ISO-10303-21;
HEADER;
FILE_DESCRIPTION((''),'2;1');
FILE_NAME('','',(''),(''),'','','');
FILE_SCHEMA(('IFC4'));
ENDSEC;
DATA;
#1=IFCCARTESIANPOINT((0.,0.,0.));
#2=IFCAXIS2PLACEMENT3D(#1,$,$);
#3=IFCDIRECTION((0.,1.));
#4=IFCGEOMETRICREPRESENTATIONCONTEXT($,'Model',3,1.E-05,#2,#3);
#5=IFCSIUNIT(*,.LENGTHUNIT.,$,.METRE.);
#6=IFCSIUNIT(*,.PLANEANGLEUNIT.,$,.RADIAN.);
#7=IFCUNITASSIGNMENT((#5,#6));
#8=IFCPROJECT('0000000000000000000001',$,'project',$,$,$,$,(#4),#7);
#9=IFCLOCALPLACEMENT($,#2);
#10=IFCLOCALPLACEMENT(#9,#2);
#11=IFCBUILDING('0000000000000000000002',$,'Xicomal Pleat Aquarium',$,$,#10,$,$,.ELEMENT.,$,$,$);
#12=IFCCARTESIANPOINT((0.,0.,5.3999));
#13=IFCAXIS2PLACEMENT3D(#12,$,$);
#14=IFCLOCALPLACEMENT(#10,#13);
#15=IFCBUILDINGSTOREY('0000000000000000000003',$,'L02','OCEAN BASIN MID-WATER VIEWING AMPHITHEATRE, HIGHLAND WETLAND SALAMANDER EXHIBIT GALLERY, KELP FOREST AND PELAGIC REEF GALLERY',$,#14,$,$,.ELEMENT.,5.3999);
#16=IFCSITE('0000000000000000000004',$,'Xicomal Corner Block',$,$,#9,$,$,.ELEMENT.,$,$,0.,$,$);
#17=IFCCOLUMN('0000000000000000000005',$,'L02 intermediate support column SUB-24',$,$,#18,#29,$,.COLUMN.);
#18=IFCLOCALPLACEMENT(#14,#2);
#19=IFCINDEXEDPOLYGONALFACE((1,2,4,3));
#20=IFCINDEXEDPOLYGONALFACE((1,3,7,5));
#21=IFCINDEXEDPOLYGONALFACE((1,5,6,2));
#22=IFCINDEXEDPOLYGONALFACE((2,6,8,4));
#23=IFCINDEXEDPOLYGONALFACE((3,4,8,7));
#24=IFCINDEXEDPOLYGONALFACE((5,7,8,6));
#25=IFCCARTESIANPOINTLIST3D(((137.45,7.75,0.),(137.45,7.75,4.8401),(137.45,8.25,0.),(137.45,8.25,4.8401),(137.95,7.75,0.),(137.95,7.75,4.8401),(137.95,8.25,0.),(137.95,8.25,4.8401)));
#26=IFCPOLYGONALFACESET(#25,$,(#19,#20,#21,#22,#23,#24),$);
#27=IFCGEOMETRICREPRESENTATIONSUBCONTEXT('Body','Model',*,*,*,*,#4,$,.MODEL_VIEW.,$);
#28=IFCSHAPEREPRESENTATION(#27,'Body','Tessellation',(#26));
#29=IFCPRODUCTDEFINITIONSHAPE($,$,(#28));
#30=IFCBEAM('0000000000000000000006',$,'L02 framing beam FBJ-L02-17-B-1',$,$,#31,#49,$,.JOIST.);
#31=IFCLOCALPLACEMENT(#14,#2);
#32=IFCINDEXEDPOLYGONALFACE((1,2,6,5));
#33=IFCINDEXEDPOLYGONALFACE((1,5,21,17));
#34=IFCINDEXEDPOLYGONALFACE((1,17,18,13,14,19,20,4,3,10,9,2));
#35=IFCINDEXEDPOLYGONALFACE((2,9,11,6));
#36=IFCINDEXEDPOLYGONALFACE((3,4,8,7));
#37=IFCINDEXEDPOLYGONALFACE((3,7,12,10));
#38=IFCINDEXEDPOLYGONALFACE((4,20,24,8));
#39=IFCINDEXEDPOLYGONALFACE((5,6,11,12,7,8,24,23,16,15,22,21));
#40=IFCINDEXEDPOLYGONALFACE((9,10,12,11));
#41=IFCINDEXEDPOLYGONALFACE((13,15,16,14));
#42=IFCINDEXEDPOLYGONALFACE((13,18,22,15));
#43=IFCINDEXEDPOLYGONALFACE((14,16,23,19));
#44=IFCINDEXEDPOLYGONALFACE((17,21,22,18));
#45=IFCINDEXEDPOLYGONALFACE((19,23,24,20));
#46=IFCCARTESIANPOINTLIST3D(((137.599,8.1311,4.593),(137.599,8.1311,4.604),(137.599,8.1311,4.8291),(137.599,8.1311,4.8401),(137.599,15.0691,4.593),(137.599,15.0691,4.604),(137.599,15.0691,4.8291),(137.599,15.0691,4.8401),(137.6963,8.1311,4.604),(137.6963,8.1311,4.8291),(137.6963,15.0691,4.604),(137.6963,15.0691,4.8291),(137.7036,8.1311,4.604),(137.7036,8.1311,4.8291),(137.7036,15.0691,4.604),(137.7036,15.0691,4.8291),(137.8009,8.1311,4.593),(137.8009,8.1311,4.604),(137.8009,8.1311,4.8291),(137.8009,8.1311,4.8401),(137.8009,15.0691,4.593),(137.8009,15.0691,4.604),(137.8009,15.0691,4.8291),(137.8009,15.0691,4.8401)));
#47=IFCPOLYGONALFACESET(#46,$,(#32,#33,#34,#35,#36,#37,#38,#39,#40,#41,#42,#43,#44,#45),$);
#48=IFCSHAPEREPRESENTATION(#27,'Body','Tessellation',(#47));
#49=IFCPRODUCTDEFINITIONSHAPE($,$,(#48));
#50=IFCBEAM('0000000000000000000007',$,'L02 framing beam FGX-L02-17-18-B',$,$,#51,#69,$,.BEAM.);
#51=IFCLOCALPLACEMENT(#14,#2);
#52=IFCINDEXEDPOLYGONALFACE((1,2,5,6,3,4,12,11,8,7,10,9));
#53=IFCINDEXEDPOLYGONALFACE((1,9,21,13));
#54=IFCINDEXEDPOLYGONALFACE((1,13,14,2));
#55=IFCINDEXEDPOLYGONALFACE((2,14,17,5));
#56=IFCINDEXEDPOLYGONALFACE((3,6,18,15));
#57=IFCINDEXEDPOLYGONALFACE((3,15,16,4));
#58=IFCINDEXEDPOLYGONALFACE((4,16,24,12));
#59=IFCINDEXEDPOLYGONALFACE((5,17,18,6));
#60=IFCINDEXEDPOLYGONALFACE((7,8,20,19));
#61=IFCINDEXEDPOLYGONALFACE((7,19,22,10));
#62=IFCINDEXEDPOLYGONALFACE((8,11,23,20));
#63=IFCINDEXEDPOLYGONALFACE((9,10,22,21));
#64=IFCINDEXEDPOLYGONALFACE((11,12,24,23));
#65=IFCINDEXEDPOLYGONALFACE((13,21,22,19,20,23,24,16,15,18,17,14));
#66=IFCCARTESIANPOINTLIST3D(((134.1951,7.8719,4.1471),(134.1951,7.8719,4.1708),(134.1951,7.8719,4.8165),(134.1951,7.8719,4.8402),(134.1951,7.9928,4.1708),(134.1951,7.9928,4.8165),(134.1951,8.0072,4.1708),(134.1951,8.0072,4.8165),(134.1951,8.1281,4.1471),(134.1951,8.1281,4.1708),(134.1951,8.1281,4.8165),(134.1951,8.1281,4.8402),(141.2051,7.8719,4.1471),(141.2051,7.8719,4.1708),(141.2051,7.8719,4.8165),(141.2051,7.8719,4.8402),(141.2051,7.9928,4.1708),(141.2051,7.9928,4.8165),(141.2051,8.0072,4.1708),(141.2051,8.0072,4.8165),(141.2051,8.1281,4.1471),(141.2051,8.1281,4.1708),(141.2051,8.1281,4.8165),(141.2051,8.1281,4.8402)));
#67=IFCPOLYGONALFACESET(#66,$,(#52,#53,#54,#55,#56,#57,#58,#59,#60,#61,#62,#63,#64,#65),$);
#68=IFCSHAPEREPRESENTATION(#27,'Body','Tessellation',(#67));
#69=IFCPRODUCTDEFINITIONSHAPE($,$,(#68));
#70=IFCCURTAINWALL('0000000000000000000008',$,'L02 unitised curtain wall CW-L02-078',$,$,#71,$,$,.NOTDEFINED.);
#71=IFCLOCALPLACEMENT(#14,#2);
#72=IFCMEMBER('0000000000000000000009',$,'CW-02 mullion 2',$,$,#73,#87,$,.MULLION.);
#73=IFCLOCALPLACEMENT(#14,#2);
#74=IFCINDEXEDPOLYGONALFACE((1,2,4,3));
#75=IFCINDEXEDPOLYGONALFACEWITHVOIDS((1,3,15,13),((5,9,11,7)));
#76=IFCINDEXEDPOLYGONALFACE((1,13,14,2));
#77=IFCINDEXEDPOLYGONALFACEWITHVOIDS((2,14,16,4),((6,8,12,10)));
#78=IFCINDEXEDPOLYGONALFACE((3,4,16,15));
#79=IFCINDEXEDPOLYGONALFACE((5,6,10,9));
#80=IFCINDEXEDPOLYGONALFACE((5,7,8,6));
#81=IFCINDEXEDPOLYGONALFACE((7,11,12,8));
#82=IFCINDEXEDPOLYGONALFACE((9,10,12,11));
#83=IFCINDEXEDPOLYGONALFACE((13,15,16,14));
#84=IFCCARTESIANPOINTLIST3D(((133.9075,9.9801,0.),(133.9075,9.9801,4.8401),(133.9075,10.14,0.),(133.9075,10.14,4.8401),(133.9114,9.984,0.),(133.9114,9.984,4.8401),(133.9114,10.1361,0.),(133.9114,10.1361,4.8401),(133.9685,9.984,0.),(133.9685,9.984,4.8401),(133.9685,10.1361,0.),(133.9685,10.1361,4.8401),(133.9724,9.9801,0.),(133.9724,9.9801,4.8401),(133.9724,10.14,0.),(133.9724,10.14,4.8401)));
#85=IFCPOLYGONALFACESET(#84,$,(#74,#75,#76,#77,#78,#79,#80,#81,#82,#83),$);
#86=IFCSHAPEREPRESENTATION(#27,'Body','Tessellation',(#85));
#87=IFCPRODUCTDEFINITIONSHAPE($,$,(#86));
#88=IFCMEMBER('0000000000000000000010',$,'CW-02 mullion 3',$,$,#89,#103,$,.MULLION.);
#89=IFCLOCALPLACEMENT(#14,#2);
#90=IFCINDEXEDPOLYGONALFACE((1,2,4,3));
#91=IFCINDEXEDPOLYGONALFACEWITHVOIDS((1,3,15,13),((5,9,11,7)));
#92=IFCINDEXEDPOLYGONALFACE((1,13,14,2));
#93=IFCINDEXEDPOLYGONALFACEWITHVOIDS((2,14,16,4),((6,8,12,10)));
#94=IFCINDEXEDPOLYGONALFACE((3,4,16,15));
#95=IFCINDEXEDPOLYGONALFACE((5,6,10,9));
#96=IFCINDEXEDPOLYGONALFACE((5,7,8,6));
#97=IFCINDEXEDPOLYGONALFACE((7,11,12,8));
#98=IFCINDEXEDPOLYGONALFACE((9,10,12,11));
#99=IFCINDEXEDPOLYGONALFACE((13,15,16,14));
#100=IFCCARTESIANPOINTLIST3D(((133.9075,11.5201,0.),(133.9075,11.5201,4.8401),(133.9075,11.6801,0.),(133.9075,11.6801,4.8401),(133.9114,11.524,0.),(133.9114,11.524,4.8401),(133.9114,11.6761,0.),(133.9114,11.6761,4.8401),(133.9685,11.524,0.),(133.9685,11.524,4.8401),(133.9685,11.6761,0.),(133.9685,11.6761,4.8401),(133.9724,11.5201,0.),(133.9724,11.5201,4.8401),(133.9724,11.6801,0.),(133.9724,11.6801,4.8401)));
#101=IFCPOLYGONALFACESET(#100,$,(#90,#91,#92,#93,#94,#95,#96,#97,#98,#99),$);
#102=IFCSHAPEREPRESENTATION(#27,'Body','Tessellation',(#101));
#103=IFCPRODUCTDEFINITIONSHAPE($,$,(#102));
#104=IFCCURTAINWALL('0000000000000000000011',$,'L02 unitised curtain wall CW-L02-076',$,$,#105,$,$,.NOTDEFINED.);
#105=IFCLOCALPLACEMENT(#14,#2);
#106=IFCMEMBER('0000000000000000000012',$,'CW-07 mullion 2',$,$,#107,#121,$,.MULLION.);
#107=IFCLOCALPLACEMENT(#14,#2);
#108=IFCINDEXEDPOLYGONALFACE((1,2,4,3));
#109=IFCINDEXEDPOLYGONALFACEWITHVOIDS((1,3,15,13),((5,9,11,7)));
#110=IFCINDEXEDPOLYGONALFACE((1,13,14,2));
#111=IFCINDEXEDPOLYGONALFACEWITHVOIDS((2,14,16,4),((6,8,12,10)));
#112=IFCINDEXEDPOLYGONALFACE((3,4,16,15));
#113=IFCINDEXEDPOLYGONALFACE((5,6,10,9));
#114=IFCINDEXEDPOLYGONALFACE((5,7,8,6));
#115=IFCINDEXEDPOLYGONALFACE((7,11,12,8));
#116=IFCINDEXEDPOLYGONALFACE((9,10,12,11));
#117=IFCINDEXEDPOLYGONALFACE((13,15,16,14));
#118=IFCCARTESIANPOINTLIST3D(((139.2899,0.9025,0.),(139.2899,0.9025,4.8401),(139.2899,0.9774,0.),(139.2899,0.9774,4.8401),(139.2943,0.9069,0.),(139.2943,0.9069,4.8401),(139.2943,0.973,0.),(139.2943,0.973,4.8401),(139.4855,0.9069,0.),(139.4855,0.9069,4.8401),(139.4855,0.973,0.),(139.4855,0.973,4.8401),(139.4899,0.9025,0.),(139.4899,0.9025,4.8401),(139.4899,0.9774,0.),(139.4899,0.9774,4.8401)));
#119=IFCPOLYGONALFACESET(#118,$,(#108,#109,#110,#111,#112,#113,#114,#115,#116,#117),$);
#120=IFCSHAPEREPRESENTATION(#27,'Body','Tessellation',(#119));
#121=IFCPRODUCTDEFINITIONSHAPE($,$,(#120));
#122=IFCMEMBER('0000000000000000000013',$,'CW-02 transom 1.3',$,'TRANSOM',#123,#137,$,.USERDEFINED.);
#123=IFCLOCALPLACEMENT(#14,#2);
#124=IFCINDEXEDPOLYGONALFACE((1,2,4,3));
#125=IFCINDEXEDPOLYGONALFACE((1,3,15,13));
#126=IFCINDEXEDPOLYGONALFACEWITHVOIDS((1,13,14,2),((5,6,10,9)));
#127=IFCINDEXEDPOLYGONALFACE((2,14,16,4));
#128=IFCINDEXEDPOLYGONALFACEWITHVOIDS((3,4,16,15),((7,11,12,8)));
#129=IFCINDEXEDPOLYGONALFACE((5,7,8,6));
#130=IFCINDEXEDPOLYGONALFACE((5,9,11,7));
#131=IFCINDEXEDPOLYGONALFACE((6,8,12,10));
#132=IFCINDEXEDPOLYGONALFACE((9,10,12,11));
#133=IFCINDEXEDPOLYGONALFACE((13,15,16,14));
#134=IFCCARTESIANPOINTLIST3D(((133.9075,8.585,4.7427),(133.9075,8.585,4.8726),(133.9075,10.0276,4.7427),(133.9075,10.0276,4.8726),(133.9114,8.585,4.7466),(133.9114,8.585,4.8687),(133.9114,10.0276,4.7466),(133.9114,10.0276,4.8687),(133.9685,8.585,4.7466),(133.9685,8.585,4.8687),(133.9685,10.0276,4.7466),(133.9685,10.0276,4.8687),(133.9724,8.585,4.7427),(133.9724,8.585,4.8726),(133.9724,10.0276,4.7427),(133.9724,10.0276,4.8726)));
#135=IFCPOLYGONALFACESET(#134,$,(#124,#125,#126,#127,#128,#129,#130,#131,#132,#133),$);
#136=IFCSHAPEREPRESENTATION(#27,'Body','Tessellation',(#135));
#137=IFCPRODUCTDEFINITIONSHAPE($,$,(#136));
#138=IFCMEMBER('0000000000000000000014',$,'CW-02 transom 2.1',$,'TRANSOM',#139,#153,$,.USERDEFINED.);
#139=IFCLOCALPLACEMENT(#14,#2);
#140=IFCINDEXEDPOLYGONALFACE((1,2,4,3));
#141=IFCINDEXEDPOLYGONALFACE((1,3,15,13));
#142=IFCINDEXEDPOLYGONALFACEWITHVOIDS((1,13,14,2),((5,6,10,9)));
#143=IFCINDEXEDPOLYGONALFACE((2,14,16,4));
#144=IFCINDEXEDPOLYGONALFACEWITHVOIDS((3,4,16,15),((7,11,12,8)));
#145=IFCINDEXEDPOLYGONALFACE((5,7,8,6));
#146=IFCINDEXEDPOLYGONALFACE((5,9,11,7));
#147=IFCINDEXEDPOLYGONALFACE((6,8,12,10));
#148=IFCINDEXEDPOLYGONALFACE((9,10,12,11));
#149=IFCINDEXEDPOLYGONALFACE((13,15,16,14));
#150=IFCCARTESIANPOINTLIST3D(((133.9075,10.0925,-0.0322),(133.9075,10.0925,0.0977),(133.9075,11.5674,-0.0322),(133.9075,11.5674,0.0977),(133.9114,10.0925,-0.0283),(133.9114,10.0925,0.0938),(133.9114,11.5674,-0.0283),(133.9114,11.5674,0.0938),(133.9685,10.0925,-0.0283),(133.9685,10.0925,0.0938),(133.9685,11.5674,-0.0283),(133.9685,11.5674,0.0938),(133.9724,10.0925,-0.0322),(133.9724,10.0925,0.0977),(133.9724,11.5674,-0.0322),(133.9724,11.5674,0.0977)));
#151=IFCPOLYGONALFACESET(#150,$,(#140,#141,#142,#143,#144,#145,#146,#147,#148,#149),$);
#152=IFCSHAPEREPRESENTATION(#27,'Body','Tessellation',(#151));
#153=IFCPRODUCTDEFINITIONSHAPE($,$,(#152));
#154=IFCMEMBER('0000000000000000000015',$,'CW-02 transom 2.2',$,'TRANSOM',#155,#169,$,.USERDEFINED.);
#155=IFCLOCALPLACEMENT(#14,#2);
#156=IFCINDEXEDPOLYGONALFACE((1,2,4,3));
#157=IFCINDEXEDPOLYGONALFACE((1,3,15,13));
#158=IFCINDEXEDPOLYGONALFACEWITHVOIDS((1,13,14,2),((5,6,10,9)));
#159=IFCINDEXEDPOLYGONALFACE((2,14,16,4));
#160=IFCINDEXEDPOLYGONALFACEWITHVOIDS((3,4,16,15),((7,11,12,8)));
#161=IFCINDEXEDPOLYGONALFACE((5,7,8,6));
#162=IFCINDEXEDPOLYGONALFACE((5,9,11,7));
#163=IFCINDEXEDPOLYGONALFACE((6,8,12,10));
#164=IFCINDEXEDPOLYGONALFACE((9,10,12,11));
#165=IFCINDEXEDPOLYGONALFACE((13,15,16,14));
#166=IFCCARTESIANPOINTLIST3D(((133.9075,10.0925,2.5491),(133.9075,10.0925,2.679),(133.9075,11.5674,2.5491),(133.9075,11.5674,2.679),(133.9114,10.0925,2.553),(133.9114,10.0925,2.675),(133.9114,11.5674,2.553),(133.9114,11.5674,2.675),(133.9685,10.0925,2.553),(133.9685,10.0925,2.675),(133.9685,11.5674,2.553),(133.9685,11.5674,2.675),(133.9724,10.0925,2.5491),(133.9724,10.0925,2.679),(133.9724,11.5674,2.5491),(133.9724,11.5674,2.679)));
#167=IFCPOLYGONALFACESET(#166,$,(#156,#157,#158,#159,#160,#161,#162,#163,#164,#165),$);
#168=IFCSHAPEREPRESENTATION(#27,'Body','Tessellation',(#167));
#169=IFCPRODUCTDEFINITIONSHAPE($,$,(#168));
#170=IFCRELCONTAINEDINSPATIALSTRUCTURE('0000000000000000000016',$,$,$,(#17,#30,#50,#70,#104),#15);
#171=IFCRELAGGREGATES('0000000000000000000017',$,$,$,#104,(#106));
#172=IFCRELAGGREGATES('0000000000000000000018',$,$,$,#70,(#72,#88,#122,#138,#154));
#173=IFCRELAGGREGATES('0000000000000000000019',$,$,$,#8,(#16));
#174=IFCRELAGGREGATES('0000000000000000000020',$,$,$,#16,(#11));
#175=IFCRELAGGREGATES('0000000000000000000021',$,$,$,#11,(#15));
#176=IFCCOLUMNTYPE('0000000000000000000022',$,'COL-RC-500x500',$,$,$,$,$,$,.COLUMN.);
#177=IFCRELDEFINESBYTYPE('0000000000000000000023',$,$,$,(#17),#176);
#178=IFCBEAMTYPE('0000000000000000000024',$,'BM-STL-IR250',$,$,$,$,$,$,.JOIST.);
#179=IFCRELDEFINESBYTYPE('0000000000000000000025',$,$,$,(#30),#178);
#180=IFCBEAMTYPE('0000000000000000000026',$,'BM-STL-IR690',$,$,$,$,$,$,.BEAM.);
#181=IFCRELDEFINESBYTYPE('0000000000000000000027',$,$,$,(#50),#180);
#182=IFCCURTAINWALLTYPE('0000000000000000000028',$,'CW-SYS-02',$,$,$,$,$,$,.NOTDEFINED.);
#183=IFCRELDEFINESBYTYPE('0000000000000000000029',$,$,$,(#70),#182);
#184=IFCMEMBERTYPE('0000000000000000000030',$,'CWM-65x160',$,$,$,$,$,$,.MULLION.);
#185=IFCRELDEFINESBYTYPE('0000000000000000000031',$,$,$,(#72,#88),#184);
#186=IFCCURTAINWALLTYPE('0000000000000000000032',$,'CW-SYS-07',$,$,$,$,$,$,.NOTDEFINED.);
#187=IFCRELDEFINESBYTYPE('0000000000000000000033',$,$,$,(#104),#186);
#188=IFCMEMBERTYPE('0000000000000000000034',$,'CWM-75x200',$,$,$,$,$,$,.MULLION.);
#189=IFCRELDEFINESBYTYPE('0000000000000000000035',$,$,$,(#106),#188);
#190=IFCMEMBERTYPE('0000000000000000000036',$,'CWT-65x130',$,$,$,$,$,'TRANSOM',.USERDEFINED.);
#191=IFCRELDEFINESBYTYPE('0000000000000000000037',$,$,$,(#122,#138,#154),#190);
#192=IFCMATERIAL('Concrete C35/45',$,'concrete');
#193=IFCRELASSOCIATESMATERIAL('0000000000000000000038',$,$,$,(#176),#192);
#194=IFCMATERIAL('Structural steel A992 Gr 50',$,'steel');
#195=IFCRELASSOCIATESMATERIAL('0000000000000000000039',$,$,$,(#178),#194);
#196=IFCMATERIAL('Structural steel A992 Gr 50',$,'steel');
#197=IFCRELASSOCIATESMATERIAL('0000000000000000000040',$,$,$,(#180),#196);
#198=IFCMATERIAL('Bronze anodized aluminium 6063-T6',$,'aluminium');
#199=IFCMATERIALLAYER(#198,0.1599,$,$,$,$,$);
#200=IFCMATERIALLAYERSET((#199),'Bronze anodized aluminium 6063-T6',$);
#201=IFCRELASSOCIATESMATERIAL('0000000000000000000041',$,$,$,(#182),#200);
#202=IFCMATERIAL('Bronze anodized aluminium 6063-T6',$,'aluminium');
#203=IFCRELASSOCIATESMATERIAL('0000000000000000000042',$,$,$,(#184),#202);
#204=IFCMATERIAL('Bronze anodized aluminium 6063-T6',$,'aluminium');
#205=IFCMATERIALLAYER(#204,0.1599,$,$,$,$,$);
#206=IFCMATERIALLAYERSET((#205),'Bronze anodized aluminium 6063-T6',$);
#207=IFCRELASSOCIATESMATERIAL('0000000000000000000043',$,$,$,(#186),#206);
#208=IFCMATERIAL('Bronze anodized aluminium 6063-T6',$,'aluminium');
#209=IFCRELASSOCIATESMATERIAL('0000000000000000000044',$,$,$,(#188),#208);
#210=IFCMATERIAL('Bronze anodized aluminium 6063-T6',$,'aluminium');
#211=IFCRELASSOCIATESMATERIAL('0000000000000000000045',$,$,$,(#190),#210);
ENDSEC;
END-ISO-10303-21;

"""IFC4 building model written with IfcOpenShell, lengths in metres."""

from ifc_helpers import new_model, si_unit, direction, frame, origin, origin_2d, place, context, subcontext, project, spatial, rectangle, hollow_rectangle, i_section, extrude, material, layer, layer_set, material_profile, profile_set, type_object, element, aggregate, save


model = new_model("IFC4")

# Units and contexts
model_context = context("Model", 3, precision=1e-05, world=origin(), true_north=direction((0.0, 1.0)))
body_context = subcontext(model_context, "Body", "Model", "MODEL_VIEW")
ifc_project = project(units=[si_unit("LENGTHUNIT", "METRE"), si_unit("PLANEANGLEUNIT", "RADIAN")], contexts=[model_context])

# Site, building, storey
site_placement = place(None, origin())
site = spatial("IfcSite", under=ifc_project, at=site_placement, Name="Xicomal Corner Block", CompositionType="ELEMENT", RefElevation=0.0)
building_placement = place(site_placement, origin())
building = spatial("IfcBuilding", under=site, at=building_placement, Name="Xicomal Pleat Aquarium", CompositionType="ELEMENT")
storey_placement = place(building_placement, frame((0.0, 0.0, 5.3999)))
storey = spatial("IfcBuildingStorey", under=building, at=storey_placement, Name="L02", Description="OCEAN BASIN MID-WATER VIEWING AMPHITHEATRE, HIGHLAND WETLAND SALAMANDER EXHIBIT GALLERY, KELP FOREST AND PELAGIC REEF GALLERY", CompositionType="ELEMENT", Elevation=5.3999)

# Column
ifc_material_1 = material(Name="Concrete C35/45", Category="concrete")
ifc_material_profile_1 = material_profile(ifc_material_1, rectangle(XDim=0.5, YDim=0.5, at=origin_2d()), Name="RC 500x500")
ifc_profile_set_1 = profile_set([ifc_material_profile_1], Name="Concrete C35/45")
column_type = type_object("IfcColumnType", Name="COL-RC-500x500", PredefinedType="COLUMN", material=ifc_profile_set_1)
column_placement = place(storey_placement, frame((137.7, 8.0, 0.0), z_axis=(0.0, 0.0, 1.0), x_axis=(1.0, 0.0, 0.0)))
element("IfcColumn", 1, at=column_placement, inside=storey, type_object=column_type, Name="L02 intermediate support column SUB-24", PredefinedType="COLUMN", context=body_context, shape_type="SweptSolid", body=[
    extrude(rectangle(XDim=0.5, YDim=0.5, at=origin_2d()), origin(), (0.0, 0.0, 1.0), 4.8401),
])

# Beams
ifc_material_2 = material(Name="Structural steel A992 Gr 50", Category="steel")
ifc_material_profile_2 = material_profile(ifc_material_2, i_section(OverallWidth=0.2019, OverallDepth=0.2471, WebThickness=0.0073, FlangeThickness=0.011, at=origin_2d()), Name="IR 250x49")
ifc_profile_set_2 = profile_set([ifc_material_profile_2], Name="Structural steel A992 Gr 50")
beam_type_1 = type_object("IfcBeamType", Name="BM-STL-IR250", PredefinedType="JOIST", material=ifc_profile_set_2)
beam_1_placement = place(storey_placement, frame((137.7, 8.1311, 4.7166), z_axis=(0.0, 1.0, 0.0), x_axis=(-1.0, 0.0, 0.0)))
element("IfcBeam", 2, at=beam_1_placement, inside=storey, type_object=beam_type_1, Name="L02 framing beam FBJ-L02-17-B-1", PredefinedType="JOIST", context=body_context, shape_type="SweptSolid", body=[
    extrude(i_section(OverallWidth=0.2019, OverallDepth=0.2471, WebThickness=0.0073, FlangeThickness=0.011, at=origin_2d()), origin(), (0.0, 0.0, 1.0), 6.938),
])
ifc_material_3 = material(Name="Structural steel A992 Gr 50", Category="steel")
ifc_material_profile_3 = material_profile(ifc_material_3, i_section(OverallWidth=0.2561, OverallDepth=0.6931, WebThickness=0.0144, FlangeThickness=0.0237, at=origin_2d()), Name="IR 690x170")
ifc_profile_set_3 = profile_set([ifc_material_profile_3], Name="Structural steel A992 Gr 50")
beam_type_2 = type_object("IfcBeamType", Name="BM-STL-IR690", PredefinedType="BEAM", material=ifc_profile_set_3)
beam_2_placement = place(storey_placement, frame((134.1951, 8.0, 4.4937), z_axis=(1.0, 0.0, 0.0), x_axis=(0.0, 1.0, 0.0)))
element("IfcBeam", 3, at=beam_2_placement, inside=storey, type_object=beam_type_2, Name="L02 framing beam FGX-L02-17-18-B", PredefinedType="BEAM", context=body_context, shape_type="SweptSolid", body=[
    extrude(i_section(OverallWidth=0.2561, OverallDepth=0.6931, WebThickness=0.0144, FlangeThickness=0.0237, at=origin_2d()), origin(), (0.0, 0.0, 1.0), 7.01),
])

# Curtain wall, members
ifc_material_4 = material(Name="Bronze anodized aluminium 6063-T6", Category="aluminium")
ifc_layer_1 = layer(ifc_material_4, 0.1599)
ifc_layer_set_1 = layer_set([ifc_layer_1], Name="Bronze anodized aluminium 6063-T6")
curtain_wall_type_1 = type_object("IfcCurtainWallType", Name="CW-SYS-02", PredefinedType="NOTDEFINED", material=ifc_layer_set_1)
curtain_wall_1_placement = place(storey_placement, origin())
curtain_wall_1 = element("IfcCurtainWall", 4, at=curtain_wall_1_placement, inside=storey, type_object=curtain_wall_type_1, Name="L02 unitised curtain wall CW-L02-078", PredefinedType="NOTDEFINED")
ifc_material_5 = material(Name="Bronze anodized aluminium 6063-T6", Category="aluminium")
ifc_material_profile_4 = material_profile(ifc_material_5, hollow_rectangle(XDim=0.0649, YDim=0.1599, WallThickness=0.0039, at=origin_2d()), Name="ALU MULL 65x160")
ifc_profile_set_4 = profile_set([ifc_material_profile_4], Name="Bronze anodized aluminium 6063-T6")
member_type_1 = type_object("IfcMemberType", Name="CWM-65x160", PredefinedType="MULLION", material=ifc_profile_set_4)
member_1_placement = place(storey_placement, frame((133.9399, 10.0601, 0.0), z_axis=(0.0, 0.0, 1.0), x_axis=(-1.0, 0.0, 0.0)))
member_1 = element("IfcMember", 5, at=member_1_placement, type_object=member_type_1, Name="CW-02 mullion 2", PredefinedType="MULLION", context=body_context, shape_type="SweptSolid", body=[
    extrude(hollow_rectangle(XDim=0.0649, YDim=0.1599, WallThickness=0.0039, at=origin_2d()), origin(), (0.0, 0.0, 1.0), 4.8401),
])
member_2_placement = place(storey_placement, frame((133.9399, 11.6001, 0.0), z_axis=(0.0, 0.0, 1.0), x_axis=(-1.0, 0.0, 0.0)))
member_2 = element("IfcMember", 6, at=member_2_placement, type_object=member_type_1, Name="CW-02 mullion 3", PredefinedType="MULLION", context=body_context, shape_type="SweptSolid", body=[
    extrude(hollow_rectangle(XDim=0.0649, YDim=0.1599, WallThickness=0.0039, at=origin_2d()), origin(), (0.0, 0.0, 1.0), 4.8401),
])

# Curtain wall, member
ifc_material_6 = material(Name="Bronze anodized aluminium 6063-T6", Category="aluminium")
ifc_layer_2 = layer(ifc_material_6, 0.1599)
ifc_layer_set_2 = layer_set([ifc_layer_2], Name="Bronze anodized aluminium 6063-T6")
curtain_wall_type_2 = type_object("IfcCurtainWallType", Name="CW-SYS-07", PredefinedType="NOTDEFINED", material=ifc_layer_set_2)
curtain_wall_2_placement = place(storey_placement, origin())
curtain_wall_2 = element("IfcCurtainWall", 7, at=curtain_wall_2_placement, inside=storey, type_object=curtain_wall_type_2, Name="L02 unitised curtain wall CW-L02-076", PredefinedType="NOTDEFINED")
ifc_material_7 = material(Name="Bronze anodized aluminium 6063-T6", Category="aluminium")
ifc_material_profile_5 = material_profile(ifc_material_7, hollow_rectangle(XDim=0.075, YDim=0.2, WallThickness=0.0044, at=origin_2d()), Name="ALU MULL 75x200")
ifc_profile_set_5 = profile_set([ifc_material_profile_5], Name="Bronze anodized aluminium 6063-T6")
member_type_2 = type_object("IfcMemberType", Name="CWM-75x200", PredefinedType="MULLION", material=ifc_profile_set_5)
member_3_placement = place(storey_placement, frame((139.3899, 0.9399, 0.0), z_axis=(0.0, 0.0, 1.0), x_axis=(0.0, -1.0, 0.0)))
member_3 = element("IfcMember", 8, at=member_3_placement, type_object=member_type_2, Name="CW-07 mullion 2", PredefinedType="MULLION", context=body_context, shape_type="SweptSolid", body=[
    extrude(hollow_rectangle(XDim=0.075, YDim=0.2, WallThickness=0.0044, at=origin_2d()), origin(), (0.0, 0.0, 1.0), 4.8401),
])

# Members
ifc_material_8 = material(Name="Bronze anodized aluminium 6063-T6", Category="aluminium")
ifc_material_profile_6 = material_profile(ifc_material_8, hollow_rectangle(XDim=0.0649, YDim=0.1299, WallThickness=0.0039, at=origin_2d()), Name="ALU TRAN 65x130")
ifc_profile_set_6 = profile_set([ifc_material_profile_6], Name="Bronze anodized aluminium 6063-T6")
member_type_3 = type_object("IfcMemberType", Name="CWT-65x130", ElementType="TRANSOM", PredefinedType="USERDEFINED", material=ifc_profile_set_6)
member_4_placement = place(storey_placement, frame((133.9399, 8.585, 4.8076), z_axis=(0.0, 1.0, 0.0), x_axis=(-1.0, 0.0, 0.0)))
member_4 = element("IfcMember", 9, at=member_4_placement, type_object=member_type_3, Name="CW-02 transom 1.3", ObjectType="TRANSOM", PredefinedType="USERDEFINED", context=body_context, shape_type="SweptSolid", body=[
    extrude(hollow_rectangle(XDim=0.0649, YDim=0.1299, WallThickness=0.0039, at=origin_2d()), origin(), (0.0, 0.0, 1.0), 1.4426),
])
member_5_placement = place(storey_placement, frame((133.9399, 10.0925, 0.0327), z_axis=(0.0, 1.0, 0.0), x_axis=(-1.0, 0.0, 0.0)))
member_5 = element("IfcMember", 10, at=member_5_placement, type_object=member_type_3, Name="CW-02 transom 2.1", ObjectType="TRANSOM", PredefinedType="USERDEFINED", context=body_context, shape_type="SweptSolid", body=[
    extrude(hollow_rectangle(XDim=0.0649, YDim=0.1299, WallThickness=0.0039, at=origin_2d()), origin(), (0.0, 0.0, 1.0), 1.4749),
])
member_6_placement = place(storey_placement, frame((133.9399, 10.0925, 2.614), z_axis=(0.0, 1.0, 0.0), x_axis=(-1.0, 0.0, 0.0)))
member_6 = element("IfcMember", 11, at=member_6_placement, type_object=member_type_3, Name="CW-02 transom 2.2", ObjectType="TRANSOM", PredefinedType="USERDEFINED", context=body_context, shape_type="SweptSolid", body=[
    extrude(hollow_rectangle(XDim=0.0649, YDim=0.1299, WallThickness=0.0039, at=origin_2d()), origin(), (0.0, 0.0, 1.0), 1.4749),
])

aggregate(curtain_wall_2, [member_3])
aggregate(curtain_wall_1, [member_1, member_2, member_4, member_5, member_6])

save(model, "model.ifc")
